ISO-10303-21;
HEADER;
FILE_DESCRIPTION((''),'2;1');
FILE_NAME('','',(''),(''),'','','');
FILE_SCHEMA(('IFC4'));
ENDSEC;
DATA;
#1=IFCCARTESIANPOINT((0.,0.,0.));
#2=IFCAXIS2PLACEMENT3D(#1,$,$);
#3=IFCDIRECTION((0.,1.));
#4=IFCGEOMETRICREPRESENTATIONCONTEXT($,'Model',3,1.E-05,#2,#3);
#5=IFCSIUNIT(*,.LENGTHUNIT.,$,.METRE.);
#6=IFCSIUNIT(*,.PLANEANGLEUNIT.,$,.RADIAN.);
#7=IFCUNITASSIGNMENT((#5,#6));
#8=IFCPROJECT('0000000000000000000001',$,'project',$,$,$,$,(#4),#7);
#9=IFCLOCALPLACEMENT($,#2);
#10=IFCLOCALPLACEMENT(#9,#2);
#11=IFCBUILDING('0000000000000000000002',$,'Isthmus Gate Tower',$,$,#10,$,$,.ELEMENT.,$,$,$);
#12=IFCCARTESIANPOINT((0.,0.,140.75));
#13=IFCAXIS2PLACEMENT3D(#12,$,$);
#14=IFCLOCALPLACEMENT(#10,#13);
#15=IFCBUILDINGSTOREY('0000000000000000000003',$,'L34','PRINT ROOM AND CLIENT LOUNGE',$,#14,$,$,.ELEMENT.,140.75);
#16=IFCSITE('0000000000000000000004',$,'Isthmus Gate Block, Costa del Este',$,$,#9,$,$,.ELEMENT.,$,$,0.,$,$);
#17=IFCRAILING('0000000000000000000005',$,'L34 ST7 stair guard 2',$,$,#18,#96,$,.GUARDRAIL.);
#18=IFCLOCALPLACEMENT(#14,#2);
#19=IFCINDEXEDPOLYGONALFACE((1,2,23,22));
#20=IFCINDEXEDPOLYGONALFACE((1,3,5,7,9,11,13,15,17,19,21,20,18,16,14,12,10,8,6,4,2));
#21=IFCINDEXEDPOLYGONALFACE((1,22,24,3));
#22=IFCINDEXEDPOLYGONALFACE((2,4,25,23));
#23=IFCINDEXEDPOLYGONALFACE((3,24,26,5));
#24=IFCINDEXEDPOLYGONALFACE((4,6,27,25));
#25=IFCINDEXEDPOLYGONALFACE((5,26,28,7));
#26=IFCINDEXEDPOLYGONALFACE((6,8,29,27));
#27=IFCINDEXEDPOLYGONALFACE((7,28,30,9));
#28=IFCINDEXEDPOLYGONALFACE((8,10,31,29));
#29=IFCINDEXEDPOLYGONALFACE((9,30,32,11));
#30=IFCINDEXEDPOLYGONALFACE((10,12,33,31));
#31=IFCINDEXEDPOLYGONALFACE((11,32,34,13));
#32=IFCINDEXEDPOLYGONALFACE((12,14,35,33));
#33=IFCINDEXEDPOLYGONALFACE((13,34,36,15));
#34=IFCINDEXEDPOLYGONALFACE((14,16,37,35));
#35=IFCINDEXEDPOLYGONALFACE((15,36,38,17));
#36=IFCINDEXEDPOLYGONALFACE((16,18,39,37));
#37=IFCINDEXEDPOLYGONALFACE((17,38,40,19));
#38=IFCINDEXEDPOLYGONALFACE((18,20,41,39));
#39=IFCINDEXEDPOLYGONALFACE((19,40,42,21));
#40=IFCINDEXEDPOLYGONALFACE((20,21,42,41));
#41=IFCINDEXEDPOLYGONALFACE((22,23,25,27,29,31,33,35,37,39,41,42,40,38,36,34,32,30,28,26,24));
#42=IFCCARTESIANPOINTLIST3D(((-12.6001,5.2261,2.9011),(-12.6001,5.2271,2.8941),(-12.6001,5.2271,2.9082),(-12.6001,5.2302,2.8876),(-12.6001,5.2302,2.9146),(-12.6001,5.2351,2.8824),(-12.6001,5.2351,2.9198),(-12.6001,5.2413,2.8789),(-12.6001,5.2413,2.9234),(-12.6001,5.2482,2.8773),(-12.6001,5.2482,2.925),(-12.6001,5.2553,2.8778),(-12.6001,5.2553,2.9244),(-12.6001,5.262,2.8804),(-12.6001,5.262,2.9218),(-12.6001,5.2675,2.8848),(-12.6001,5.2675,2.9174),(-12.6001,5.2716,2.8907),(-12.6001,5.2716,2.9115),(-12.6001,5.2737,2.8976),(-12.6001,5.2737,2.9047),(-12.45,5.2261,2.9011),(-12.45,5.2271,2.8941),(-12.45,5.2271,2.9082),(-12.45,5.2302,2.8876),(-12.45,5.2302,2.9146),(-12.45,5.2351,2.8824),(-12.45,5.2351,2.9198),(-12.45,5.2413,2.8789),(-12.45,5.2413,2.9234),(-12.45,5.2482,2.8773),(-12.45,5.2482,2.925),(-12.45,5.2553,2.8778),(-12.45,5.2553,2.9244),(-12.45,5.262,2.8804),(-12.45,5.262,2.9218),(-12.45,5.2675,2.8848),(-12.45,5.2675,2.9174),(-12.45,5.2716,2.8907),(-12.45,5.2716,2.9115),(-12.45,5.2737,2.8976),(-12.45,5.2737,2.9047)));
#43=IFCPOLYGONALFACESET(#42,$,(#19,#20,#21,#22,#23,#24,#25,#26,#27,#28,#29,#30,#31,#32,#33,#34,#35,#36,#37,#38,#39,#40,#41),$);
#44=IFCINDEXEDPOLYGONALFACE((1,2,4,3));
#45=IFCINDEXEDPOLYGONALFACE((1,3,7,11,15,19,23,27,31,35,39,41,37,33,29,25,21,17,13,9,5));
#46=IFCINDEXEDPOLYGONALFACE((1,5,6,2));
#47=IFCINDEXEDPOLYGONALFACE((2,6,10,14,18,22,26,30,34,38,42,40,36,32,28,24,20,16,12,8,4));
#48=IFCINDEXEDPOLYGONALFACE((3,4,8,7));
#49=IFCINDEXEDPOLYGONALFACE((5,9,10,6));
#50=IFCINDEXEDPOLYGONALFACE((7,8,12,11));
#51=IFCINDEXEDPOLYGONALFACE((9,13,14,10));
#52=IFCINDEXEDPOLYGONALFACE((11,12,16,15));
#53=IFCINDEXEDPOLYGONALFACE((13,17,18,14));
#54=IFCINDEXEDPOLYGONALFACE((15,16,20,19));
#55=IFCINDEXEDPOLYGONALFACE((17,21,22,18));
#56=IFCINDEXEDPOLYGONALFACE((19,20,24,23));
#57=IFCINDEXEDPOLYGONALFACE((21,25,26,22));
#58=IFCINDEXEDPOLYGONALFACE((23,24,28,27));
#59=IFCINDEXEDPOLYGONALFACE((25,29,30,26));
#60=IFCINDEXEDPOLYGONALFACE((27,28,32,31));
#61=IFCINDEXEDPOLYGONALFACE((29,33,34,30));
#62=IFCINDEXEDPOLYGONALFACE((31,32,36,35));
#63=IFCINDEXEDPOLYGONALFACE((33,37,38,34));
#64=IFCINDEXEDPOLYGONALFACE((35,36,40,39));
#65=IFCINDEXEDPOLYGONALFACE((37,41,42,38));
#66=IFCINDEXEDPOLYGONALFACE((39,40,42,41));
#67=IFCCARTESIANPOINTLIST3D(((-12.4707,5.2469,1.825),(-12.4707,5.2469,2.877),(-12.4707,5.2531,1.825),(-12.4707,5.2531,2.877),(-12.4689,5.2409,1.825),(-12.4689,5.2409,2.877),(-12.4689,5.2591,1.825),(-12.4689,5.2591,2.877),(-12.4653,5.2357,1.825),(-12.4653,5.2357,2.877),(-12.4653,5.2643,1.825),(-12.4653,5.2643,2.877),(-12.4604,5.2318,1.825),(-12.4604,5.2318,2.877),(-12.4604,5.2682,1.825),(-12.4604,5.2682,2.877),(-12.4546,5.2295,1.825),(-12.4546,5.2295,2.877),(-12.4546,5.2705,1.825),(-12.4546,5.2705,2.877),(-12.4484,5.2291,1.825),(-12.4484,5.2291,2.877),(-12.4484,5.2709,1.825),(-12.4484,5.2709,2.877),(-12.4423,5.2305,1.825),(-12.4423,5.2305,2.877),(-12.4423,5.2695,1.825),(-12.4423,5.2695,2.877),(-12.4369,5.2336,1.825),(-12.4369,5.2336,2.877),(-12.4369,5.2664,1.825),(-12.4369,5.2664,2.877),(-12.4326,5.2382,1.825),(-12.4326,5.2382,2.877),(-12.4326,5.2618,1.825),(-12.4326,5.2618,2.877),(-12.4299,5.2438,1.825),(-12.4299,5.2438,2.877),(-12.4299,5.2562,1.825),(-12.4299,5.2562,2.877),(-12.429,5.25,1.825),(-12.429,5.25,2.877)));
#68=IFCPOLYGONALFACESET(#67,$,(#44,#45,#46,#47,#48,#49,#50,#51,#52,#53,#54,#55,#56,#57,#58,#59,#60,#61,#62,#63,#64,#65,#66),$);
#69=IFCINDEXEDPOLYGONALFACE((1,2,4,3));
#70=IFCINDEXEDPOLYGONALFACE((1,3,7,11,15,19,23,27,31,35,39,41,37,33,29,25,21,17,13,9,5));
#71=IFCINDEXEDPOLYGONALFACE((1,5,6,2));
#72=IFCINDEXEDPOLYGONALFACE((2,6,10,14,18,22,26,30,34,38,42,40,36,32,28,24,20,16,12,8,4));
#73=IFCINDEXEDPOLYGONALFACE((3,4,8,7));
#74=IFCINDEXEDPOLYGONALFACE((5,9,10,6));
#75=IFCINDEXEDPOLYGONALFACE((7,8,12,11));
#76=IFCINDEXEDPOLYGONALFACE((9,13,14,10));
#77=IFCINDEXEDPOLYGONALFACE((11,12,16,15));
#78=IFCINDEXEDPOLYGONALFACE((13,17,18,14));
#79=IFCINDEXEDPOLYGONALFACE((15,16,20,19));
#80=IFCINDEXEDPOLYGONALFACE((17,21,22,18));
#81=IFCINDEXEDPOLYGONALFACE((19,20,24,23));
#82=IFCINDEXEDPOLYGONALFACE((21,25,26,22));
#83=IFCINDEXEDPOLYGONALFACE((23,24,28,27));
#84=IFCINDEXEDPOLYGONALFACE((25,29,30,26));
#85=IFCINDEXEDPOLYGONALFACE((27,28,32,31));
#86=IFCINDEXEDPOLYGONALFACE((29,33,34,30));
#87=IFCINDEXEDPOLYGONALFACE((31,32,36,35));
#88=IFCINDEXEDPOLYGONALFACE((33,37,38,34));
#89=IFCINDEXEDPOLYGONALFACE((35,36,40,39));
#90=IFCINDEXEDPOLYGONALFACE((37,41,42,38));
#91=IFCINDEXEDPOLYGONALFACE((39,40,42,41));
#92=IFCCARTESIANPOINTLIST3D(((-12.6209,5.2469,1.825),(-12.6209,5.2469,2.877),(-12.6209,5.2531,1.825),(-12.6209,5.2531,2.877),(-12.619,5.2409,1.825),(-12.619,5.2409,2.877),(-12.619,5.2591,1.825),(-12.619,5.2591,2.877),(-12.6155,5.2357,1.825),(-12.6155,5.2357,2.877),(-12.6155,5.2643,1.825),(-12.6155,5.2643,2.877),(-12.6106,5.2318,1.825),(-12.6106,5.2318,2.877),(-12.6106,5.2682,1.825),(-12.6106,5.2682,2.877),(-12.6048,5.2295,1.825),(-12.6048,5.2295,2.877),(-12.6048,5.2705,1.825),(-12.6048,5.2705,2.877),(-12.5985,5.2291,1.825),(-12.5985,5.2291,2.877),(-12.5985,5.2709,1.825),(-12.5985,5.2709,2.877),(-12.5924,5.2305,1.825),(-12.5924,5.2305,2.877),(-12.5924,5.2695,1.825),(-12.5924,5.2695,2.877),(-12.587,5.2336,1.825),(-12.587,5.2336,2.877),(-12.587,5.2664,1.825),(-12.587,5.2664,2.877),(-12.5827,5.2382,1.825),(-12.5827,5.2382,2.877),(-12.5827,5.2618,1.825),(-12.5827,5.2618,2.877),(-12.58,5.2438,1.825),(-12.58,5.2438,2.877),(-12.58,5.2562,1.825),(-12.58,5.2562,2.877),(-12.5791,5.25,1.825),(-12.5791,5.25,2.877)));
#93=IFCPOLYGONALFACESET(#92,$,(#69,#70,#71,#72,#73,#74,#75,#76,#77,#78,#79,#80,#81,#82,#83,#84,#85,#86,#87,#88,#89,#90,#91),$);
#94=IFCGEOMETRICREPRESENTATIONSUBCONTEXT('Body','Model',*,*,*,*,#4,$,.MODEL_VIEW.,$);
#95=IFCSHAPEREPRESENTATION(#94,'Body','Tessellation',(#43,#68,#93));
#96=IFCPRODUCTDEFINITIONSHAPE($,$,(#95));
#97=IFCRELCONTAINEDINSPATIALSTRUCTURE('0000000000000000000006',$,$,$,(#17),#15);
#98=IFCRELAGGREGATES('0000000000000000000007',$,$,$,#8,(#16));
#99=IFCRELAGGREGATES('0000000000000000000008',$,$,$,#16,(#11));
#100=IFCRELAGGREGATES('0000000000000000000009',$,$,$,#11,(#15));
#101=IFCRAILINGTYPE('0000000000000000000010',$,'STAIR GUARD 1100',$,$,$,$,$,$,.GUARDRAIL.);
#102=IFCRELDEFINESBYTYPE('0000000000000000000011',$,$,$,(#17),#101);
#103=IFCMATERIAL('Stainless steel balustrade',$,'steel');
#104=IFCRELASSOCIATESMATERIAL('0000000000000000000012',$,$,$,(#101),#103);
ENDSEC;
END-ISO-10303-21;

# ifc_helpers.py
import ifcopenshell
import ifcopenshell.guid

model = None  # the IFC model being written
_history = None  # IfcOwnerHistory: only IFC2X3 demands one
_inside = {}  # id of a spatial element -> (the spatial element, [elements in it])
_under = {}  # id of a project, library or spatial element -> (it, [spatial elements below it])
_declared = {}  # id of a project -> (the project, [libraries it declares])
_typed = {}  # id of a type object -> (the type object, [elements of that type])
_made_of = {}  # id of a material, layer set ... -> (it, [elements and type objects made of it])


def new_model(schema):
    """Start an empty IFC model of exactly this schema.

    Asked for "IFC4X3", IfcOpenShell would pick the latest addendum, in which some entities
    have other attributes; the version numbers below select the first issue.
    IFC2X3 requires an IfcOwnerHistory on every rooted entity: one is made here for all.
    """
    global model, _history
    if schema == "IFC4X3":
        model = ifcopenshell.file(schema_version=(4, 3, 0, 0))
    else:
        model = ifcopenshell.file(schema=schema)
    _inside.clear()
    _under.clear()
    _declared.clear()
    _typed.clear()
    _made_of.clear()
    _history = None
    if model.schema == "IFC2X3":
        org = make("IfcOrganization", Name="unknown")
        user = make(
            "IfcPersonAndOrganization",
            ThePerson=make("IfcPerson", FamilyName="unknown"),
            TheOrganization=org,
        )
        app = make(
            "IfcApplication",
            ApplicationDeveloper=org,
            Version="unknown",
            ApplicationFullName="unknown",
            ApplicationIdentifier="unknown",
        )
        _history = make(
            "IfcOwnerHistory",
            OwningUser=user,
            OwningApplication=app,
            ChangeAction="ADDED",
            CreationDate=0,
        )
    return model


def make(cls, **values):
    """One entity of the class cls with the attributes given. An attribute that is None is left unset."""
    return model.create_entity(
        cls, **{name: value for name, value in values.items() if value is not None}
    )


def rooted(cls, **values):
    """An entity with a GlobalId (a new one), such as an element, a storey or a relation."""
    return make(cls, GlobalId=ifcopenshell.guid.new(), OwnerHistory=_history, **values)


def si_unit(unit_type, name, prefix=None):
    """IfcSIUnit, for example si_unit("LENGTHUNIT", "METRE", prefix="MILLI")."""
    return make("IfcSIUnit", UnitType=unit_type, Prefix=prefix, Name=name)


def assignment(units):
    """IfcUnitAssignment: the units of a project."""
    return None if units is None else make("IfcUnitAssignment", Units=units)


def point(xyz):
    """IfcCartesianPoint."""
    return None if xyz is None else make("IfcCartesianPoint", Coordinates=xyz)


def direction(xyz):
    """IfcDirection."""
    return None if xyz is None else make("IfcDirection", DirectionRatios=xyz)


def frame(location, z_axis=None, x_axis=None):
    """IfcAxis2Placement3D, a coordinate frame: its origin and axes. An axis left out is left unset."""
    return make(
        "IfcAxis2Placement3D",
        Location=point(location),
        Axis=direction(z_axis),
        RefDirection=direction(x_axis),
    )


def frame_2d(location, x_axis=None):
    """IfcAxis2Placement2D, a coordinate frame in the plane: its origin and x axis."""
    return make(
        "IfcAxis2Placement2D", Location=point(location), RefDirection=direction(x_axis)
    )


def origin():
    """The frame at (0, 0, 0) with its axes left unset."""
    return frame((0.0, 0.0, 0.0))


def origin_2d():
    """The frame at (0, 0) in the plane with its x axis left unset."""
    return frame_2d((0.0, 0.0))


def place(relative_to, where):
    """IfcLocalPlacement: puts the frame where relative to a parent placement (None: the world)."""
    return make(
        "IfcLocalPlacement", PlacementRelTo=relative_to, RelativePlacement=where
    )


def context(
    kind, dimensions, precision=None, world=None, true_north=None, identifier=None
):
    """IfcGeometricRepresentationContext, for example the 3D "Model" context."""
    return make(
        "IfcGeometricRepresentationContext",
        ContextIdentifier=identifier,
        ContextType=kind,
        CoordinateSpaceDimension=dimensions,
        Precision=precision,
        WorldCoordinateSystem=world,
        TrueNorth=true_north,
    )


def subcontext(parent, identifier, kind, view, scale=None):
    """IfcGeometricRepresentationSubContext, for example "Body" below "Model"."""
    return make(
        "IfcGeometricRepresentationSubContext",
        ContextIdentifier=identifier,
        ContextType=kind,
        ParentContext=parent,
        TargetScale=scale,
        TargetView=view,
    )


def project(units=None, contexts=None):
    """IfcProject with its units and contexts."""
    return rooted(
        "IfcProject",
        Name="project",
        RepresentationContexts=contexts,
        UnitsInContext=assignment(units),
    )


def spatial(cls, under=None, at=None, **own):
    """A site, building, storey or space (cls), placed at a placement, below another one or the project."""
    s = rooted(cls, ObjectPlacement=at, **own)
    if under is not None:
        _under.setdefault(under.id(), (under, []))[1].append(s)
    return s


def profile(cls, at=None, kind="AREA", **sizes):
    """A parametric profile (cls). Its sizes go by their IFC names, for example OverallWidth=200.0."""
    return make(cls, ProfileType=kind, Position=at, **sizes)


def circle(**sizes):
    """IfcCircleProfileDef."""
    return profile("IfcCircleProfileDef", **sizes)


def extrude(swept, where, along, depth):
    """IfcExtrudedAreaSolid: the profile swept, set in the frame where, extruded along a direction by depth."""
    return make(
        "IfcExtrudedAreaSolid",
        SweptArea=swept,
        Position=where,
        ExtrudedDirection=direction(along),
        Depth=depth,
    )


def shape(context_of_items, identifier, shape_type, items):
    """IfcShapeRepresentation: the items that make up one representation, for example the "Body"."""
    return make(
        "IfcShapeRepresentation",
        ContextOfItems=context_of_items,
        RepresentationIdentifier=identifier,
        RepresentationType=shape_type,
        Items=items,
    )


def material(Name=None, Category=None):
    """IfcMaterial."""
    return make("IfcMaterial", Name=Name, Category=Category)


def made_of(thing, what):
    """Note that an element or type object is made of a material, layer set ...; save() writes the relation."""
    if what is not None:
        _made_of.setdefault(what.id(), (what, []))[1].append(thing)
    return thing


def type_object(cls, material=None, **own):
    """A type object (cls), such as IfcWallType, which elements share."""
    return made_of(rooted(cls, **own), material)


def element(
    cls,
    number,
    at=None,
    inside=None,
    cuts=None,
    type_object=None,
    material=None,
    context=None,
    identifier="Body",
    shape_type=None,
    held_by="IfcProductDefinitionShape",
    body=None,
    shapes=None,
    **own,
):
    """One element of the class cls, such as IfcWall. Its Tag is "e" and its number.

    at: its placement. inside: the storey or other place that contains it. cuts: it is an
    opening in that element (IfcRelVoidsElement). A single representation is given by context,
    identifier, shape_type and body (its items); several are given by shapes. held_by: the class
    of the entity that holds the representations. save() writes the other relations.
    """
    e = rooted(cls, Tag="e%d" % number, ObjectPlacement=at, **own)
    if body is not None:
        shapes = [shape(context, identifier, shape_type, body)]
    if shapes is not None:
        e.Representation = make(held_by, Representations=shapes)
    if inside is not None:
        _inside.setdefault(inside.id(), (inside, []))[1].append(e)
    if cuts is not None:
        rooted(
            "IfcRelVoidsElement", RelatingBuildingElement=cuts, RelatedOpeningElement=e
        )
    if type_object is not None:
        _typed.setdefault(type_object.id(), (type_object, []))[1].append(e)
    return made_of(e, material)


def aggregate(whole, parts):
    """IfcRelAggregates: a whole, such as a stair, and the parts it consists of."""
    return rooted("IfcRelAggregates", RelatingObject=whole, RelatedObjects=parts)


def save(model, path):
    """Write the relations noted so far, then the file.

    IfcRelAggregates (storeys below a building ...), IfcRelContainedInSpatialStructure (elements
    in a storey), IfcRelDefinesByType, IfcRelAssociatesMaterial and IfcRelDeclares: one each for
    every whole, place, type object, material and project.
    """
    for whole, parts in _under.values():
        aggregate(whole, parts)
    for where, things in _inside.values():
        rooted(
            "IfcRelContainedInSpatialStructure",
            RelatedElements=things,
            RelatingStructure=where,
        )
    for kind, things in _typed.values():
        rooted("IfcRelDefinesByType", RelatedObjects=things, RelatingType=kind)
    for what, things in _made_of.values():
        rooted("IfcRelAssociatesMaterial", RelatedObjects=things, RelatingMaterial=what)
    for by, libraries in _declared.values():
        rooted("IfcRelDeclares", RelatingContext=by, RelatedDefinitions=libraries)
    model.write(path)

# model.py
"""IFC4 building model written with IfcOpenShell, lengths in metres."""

from ifc_helpers import new_model, si_unit, direction, frame, origin, origin_2d, place, context, subcontext, project, spatial, circle, extrude, material, type_object, element, save


model = new_model("IFC4")

# Units and contexts
model_context = context("Model", 3, precision=1e-05, world=origin(), true_north=direction((0.0, 1.0)))
body_context = subcontext(model_context, "Body", "Model", "MODEL_VIEW")
ifc_project = project(units=[si_unit("LENGTHUNIT", "METRE"), si_unit("PLANEANGLEUNIT", "RADIAN")], contexts=[model_context])

# Site, building, storey
site_placement = place(None, origin())
site = spatial("IfcSite", under=ifc_project, at=site_placement, Name="Isthmus Gate Block, Costa del Este", CompositionType="ELEMENT", RefElevation=0.0)
building_placement = place(site_placement, origin())
building = spatial("IfcBuilding", under=site, at=building_placement, Name="Isthmus Gate Tower", CompositionType="ELEMENT")
storey_placement = place(building_placement, frame((0.0, 0.0, 140.75)))
storey = spatial("IfcBuildingStorey", under=building, at=storey_placement, Name="L34", Description="PRINT ROOM AND CLIENT LOUNGE", CompositionType="ELEMENT", Elevation=140.75)

# Railing
ifc_material_1 = material(Name="Stainless steel balustrade", Category="steel")
railing_type_1 = type_object("IfcRailingType", Name="STAIR GUARD 1100", PredefinedType="GUARDRAIL", material=ifc_material_1)
railing_1_placement = place(storey_placement, frame((-12.45, 5.25, 1.825)))
element("IfcRailing", 1, at=railing_1_placement, inside=storey, type_object=railing_type_1, Name="L34 ST7 stair guard 2", PredefinedType="GUARDRAIL", context=body_context, shape_type="SweptSolid", body=[
    extrude(circle(Radius=0.0239, at=origin_2d()), frame((0.0, 0.0, 1.0762), z_axis=(-1.0, 0.0, 0.0), x_axis=(0.0, -1.0, 0.0)), (0.0, 0.0, 1.0), 0.1501),
    extrude(circle(Radius=0.021, at=origin_2d()), origin(), (0.0, 0.0, 1.0), 1.052),
    extrude(circle(Radius=0.021, at=origin_2d()), frame((-0.1501, 0.0, 0.0)), (0.0, 0.0, 1.0), 1.052),
])

save(model, "model.ifc")
